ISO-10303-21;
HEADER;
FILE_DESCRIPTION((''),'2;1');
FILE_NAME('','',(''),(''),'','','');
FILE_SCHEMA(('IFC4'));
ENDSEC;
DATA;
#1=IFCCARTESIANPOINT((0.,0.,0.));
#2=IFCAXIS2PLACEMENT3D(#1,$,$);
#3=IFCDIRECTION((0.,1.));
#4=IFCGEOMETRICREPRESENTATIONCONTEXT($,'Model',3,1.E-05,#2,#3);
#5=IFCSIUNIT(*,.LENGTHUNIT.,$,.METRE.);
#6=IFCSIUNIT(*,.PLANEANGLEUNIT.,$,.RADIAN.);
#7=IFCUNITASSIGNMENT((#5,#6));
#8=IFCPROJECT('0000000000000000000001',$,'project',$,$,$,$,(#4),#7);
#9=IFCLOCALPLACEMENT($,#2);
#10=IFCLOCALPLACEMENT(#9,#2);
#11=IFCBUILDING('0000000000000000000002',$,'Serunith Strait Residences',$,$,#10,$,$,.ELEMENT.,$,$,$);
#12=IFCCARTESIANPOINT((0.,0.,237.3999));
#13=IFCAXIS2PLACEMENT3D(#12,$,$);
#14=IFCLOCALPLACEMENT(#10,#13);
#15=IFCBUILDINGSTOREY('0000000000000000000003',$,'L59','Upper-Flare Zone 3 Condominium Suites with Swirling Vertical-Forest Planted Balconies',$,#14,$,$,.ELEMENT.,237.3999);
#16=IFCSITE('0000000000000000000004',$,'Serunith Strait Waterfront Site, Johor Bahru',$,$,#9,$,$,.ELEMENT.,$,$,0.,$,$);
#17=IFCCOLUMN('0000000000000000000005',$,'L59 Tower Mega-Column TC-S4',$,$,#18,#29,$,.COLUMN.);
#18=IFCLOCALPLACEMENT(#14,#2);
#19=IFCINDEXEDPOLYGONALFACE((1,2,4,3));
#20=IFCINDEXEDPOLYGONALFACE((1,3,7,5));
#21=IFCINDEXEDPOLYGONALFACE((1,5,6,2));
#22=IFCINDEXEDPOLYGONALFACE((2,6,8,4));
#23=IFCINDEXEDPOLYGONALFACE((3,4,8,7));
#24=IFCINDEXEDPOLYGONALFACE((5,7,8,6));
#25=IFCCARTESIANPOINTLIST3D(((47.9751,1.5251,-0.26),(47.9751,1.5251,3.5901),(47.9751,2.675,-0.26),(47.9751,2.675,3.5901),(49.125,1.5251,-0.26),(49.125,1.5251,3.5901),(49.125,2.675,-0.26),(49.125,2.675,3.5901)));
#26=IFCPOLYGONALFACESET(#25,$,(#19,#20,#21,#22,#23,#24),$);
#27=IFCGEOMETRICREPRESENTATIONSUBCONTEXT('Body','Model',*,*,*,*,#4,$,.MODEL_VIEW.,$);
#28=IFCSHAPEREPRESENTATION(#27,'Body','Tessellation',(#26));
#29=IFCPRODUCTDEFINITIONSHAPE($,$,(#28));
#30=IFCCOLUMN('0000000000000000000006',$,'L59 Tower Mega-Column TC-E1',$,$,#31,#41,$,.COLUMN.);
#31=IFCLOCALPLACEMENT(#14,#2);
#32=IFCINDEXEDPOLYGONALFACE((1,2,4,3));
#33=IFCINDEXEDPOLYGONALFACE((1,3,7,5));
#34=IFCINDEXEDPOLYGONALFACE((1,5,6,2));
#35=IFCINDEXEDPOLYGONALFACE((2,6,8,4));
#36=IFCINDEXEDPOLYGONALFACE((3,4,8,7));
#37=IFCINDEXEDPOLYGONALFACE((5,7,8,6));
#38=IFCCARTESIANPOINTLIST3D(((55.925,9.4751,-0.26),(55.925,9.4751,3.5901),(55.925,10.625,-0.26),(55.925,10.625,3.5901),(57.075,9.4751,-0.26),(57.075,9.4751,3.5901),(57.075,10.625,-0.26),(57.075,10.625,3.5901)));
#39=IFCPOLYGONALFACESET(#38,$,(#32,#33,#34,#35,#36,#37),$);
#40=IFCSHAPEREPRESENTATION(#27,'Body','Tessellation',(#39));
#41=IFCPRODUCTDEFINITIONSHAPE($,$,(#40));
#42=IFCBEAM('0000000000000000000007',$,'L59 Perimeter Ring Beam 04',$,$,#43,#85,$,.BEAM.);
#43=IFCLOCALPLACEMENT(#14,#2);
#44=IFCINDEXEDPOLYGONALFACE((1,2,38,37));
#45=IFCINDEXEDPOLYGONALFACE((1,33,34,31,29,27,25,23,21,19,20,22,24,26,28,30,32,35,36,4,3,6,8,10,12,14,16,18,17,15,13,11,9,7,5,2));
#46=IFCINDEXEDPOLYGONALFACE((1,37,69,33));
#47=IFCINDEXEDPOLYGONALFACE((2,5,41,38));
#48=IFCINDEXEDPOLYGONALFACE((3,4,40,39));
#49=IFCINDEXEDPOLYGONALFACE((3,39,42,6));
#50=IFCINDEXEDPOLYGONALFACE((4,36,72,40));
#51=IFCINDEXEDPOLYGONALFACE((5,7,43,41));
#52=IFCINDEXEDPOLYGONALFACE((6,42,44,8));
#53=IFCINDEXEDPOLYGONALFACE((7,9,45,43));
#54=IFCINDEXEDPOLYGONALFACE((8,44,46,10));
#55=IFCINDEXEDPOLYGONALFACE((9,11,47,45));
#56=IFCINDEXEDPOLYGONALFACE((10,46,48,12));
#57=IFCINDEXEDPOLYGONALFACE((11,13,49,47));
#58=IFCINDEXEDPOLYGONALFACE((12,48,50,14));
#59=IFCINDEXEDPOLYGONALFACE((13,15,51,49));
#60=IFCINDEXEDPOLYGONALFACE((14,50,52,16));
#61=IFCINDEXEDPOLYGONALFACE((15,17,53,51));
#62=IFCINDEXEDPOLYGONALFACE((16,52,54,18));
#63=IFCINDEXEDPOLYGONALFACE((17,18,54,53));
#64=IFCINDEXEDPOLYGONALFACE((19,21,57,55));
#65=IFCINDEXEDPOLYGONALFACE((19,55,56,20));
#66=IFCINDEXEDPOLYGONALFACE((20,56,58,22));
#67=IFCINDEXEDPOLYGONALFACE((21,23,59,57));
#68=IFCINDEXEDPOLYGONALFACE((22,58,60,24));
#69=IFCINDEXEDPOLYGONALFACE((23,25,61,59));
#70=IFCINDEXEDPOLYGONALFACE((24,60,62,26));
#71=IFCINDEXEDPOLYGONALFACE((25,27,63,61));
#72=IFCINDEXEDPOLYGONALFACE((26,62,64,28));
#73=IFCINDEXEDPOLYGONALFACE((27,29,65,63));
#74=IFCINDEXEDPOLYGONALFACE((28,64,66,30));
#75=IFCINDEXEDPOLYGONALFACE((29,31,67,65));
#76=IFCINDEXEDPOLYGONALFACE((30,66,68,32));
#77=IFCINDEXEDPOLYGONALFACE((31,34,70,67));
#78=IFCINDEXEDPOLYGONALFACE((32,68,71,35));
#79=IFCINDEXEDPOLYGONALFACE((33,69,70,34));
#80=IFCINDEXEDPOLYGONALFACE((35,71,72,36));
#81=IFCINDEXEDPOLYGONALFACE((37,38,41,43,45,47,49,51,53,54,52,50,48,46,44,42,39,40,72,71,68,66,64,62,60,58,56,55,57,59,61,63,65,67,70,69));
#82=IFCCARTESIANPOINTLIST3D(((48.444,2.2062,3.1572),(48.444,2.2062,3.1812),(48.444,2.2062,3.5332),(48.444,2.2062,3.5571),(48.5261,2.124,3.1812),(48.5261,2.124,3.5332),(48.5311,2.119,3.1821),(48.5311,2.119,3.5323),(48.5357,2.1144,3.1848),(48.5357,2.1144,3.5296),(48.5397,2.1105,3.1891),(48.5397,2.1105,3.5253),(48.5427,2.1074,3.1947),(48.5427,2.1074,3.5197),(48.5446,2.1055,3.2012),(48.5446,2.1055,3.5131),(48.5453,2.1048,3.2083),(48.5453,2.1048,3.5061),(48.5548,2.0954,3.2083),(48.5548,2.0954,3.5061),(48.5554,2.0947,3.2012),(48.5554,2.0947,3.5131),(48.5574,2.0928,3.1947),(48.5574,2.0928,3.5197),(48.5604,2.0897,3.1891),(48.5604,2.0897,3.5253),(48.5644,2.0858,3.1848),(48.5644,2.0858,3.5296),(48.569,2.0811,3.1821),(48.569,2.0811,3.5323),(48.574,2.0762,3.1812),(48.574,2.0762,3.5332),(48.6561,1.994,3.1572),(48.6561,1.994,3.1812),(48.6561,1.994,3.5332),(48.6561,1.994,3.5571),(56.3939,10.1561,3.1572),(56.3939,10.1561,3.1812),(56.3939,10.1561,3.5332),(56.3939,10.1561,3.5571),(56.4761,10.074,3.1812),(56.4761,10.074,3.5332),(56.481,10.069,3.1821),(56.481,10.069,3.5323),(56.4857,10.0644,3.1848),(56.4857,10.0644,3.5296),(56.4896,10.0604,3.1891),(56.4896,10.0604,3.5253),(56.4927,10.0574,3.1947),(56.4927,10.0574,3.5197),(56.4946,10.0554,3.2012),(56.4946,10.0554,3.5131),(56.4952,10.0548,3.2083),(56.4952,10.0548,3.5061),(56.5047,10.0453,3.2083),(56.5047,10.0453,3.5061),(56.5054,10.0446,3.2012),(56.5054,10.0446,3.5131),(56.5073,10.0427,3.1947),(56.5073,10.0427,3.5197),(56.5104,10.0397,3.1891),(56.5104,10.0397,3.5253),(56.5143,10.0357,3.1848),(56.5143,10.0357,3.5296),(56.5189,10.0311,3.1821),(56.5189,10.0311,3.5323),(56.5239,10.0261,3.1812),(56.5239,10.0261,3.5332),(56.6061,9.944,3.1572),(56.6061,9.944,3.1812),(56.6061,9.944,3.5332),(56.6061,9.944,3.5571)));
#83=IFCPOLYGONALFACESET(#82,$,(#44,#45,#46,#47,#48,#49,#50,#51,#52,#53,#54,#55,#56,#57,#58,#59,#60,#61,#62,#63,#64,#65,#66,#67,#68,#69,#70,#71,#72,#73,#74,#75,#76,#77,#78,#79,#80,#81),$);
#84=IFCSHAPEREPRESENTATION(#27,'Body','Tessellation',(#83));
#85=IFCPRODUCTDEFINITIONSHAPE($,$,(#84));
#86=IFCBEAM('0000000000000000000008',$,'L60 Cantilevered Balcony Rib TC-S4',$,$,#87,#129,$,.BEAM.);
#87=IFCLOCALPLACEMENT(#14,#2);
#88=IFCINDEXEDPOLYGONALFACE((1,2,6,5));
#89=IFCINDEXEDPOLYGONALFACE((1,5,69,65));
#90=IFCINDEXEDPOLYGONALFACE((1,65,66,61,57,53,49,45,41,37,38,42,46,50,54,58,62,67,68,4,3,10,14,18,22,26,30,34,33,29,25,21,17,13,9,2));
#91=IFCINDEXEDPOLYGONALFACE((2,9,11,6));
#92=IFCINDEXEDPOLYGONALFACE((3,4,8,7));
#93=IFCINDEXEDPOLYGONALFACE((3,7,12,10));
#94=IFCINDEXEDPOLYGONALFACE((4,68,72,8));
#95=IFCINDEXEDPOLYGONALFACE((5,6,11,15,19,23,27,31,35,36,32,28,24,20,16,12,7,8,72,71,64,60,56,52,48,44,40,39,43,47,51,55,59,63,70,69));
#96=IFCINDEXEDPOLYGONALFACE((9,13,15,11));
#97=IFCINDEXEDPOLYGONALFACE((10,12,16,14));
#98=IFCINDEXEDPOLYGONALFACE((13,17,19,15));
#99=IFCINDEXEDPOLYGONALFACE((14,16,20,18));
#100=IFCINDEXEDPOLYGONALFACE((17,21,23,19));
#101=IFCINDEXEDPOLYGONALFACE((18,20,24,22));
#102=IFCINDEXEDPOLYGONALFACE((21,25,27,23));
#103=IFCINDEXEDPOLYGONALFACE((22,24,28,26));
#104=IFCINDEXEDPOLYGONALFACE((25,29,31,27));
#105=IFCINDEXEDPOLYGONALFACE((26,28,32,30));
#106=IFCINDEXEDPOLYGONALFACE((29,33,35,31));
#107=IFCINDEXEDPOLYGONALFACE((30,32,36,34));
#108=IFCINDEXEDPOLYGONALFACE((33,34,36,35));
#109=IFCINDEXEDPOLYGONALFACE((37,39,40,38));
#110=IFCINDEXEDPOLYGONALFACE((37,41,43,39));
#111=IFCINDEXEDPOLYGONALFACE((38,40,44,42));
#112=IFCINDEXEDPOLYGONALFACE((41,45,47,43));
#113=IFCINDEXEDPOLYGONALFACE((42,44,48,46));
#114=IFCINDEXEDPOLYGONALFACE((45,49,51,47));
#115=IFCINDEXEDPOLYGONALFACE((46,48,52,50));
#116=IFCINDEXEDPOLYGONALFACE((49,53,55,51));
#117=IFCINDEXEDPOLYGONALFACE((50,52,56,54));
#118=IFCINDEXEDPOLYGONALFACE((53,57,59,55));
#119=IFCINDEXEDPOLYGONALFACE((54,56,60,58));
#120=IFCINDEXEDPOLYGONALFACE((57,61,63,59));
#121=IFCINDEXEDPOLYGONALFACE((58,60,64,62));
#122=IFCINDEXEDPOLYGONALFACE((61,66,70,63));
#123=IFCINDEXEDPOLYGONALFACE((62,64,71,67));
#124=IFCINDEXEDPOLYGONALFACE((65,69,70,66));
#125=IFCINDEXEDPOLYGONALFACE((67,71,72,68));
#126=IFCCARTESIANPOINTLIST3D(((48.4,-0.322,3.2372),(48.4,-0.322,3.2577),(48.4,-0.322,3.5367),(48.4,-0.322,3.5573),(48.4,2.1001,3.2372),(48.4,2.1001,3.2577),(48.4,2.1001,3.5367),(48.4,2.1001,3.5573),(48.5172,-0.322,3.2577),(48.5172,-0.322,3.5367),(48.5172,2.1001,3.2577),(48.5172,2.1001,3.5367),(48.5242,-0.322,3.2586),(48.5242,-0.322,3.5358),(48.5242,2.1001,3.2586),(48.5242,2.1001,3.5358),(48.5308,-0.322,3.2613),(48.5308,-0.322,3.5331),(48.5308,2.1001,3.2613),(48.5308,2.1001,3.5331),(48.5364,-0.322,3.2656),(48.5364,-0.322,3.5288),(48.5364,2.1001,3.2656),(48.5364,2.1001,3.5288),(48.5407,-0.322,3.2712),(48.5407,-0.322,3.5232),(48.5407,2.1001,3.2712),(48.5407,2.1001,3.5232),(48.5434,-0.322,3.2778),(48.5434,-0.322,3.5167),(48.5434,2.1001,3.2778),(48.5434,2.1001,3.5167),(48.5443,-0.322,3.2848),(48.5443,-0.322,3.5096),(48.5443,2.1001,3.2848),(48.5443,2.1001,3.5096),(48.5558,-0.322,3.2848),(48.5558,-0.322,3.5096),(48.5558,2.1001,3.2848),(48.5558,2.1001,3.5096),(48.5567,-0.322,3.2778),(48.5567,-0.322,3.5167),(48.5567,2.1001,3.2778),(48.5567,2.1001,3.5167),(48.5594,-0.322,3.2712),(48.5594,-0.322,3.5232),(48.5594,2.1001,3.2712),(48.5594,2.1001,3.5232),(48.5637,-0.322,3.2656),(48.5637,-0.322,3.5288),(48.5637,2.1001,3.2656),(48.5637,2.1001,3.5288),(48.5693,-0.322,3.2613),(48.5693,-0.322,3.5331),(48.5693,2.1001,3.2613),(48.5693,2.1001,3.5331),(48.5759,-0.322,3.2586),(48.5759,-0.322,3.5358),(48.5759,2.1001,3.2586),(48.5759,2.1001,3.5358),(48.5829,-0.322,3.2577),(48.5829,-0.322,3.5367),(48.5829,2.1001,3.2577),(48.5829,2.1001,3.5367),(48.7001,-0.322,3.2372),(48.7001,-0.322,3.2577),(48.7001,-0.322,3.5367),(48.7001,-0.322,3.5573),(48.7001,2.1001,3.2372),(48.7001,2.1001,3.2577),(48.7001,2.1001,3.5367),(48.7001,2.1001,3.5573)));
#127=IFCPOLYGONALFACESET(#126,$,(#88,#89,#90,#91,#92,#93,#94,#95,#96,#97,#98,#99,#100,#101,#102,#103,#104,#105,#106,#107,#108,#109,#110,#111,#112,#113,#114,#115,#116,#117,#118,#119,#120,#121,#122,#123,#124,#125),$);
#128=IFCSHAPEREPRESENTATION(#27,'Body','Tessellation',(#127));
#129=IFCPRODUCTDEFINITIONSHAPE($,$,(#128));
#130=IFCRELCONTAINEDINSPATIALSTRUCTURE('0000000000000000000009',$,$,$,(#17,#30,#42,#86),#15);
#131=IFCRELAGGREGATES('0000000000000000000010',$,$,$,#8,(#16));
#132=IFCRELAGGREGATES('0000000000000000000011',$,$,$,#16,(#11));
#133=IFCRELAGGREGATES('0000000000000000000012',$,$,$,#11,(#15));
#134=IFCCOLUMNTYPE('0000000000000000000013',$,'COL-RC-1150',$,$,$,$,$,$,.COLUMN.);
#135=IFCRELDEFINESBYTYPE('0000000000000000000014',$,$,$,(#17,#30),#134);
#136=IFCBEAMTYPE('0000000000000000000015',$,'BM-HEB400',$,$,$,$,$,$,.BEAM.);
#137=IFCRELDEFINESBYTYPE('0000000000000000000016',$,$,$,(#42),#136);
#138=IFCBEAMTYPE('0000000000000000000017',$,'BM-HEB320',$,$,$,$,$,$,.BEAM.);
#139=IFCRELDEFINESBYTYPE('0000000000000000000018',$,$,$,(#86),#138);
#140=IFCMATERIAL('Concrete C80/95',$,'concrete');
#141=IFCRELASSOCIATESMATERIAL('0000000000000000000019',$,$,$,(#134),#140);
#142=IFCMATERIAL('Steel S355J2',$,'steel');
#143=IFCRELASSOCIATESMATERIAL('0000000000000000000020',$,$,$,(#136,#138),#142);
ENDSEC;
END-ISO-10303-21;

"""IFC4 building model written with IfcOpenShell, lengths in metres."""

from ifc_helpers import new_model, si_unit, direction, frame, origin, origin_2d, place, context, subcontext, project, spatial, rectangle, i_section, extrude, source, transform, mapped, material, material_profile, profile_set, type_object, element, save


model = new_model("IFC4")

# Units and contexts
model_context = context("Model", 3, precision=1e-05, world=origin(), true_north=direction((0.0, 1.0)))
body_context = subcontext(model_context, "Body", "Model", "MODEL_VIEW")
ifc_project = project(units=[si_unit("LENGTHUNIT", "METRE"), si_unit("PLANEANGLEUNIT", "RADIAN")], contexts=[model_context])

# Site, building, storey
site_placement = place(None, origin())
site = spatial("IfcSite", under=ifc_project, at=site_placement, Name="Serunith Strait Waterfront Site, Johor Bahru", CompositionType="ELEMENT", RefElevation=0.0)
building_placement = place(site_placement, origin())
building = spatial("IfcBuilding", under=site, at=building_placement, Name="Serunith Strait Residences", CompositionType="ELEMENT")
storey_placement = place(building_placement, frame((0.0, 0.0, 237.3999)))
storey = spatial("IfcBuildingStorey", under=building, at=storey_placement, Name="L59", Description="Upper-Flare Zone 3 Condominium Suites with Swirling Vertical-Forest Planted Balconies", CompositionType="ELEMENT", Elevation=237.3999)

# Columns
ifc_material_1 = material(Name="Concrete C80/95", Category="concrete")
ifc_material_profile_1 = material_profile(ifc_material_1, rectangle(XDim=1.1499, YDim=1.1499, at=origin_2d()), Name="RC 1150x1150")
ifc_profile_set_1 = profile_set([ifc_material_profile_1], Name="Concrete C80/95")
column_type = type_object("IfcColumnType", Name="COL-RC-1150", PredefinedType="COLUMN", material=ifc_profile_set_1)
shared_shape_1 = source(origin(), body_context, "Body", "SweptSolid", [
    extrude(rectangle(XDim=1.1499, YDim=1.1499, at=origin_2d()), origin(), (0.0, 0.0, 1.0), 3.8501),
])
for number, where, z_axis, x_axis, name in (
    (1, (48.55, 2.1001, -0.26), (0.0, 0.0, 1.0), (1.0, 0.0, 0.0), "L59 Tower Mega-Column TC-S4"),
    (2, (56.5, 10.05, -0.26), (0.0, 0.0, 1.0), (1.0, 0.0, 0.0), "L59 Tower Mega-Column TC-E1"),
):
    element("IfcColumn", number, at=place(storey_placement, frame(where, z_axis=z_axis, x_axis=x_axis)), inside=storey, type_object=column_type, Name=name, PredefinedType="COLUMN", context=body_context, shape_type="MappedRepresentation", body=[
        mapped(shared_shape_1, transform((0.0, 0.0, 0.0), scale=1.0)),
    ])

# Beams
ifc_material_2 = material(Name="Steel S355J2", Category="steel")
ifc_material_profile_2 = material_profile(ifc_material_2, i_section(OverallWidth=0.3, OverallDepth=0.3999, WebThickness=0.0134, FlangeThickness=0.0239, FilletRadius=0.0271, at=origin_2d()), Name="HEB 400")
ifc_profile_set_2 = profile_set([ifc_material_profile_2], Name="Steel S355J2")
beam_type_1 = type_object("IfcBeamType", Name="BM-HEB400", PredefinedType="BEAM", material=ifc_profile_set_2)
shared_shape_2 = source(origin(), body_context, "Body", "SweptSolid", [
    extrude(i_section(OverallWidth=0.3, OverallDepth=0.3999, WebThickness=0.0134, FlangeThickness=0.0239, FilletRadius=0.0271, at=origin_2d()), origin(), (0.0, 0.0, 1.0), 11.2429),
])
beam_1_placement = place(storey_placement, frame((48.55, 2.1001, 3.3572), z_axis=(0.707107, 0.707107, 0.0), x_axis=(-0.707107, 0.707107, 0.0)))
element("IfcBeam", 3, at=beam_1_placement, inside=storey, type_object=beam_type_1, Name="L59 Perimeter Ring Beam 04", PredefinedType="BEAM", context=body_context, shape_type="MappedRepresentation", body=[
    mapped(shared_shape_2, transform((0.0, 0.0, 0.0), scale=1.0)),
])
ifc_material_profile_3 = material_profile(ifc_material_2, i_section(OverallWidth=0.3, OverallDepth=0.3201, WebThickness=0.0115, FlangeThickness=0.0205, FilletRadius=0.0271, at=origin_2d()), Name="HEB 320")
ifc_profile_set_3 = profile_set([ifc_material_profile_3], Name="Steel S355J2")
beam_type_2 = type_object("IfcBeamType", Name="BM-HEB320", PredefinedType="BEAM", material=ifc_profile_set_3)
shared_shape_3 = source(origin(), body_context, "Body", "SweptSolid", [
    extrude(i_section(OverallWidth=0.3, OverallDepth=0.3201, WebThickness=0.0115, FlangeThickness=0.0205, FilletRadius=0.0271, at=origin_2d()), origin(), (0.0, 0.0, 1.0), 2.4221),
])
beam_2_placement = place(storey_placement, frame((48.55, 2.1001, 3.3972), z_axis=(0.0, -1.0, 0.0), x_axis=(1.0, 0.0, 0.0)))
element("IfcBeam", 4, at=beam_2_placement, inside=storey, type_object=beam_type_2, Name="L60 Cantilevered Balcony Rib TC-S4", PredefinedType="BEAM", context=body_context, shape_type="MappedRepresentation", body=[
    mapped(shared_shape_3, transform((0.0, 0.0, 0.0), scale=1.0)),
])

save(model, "model.ifc")
